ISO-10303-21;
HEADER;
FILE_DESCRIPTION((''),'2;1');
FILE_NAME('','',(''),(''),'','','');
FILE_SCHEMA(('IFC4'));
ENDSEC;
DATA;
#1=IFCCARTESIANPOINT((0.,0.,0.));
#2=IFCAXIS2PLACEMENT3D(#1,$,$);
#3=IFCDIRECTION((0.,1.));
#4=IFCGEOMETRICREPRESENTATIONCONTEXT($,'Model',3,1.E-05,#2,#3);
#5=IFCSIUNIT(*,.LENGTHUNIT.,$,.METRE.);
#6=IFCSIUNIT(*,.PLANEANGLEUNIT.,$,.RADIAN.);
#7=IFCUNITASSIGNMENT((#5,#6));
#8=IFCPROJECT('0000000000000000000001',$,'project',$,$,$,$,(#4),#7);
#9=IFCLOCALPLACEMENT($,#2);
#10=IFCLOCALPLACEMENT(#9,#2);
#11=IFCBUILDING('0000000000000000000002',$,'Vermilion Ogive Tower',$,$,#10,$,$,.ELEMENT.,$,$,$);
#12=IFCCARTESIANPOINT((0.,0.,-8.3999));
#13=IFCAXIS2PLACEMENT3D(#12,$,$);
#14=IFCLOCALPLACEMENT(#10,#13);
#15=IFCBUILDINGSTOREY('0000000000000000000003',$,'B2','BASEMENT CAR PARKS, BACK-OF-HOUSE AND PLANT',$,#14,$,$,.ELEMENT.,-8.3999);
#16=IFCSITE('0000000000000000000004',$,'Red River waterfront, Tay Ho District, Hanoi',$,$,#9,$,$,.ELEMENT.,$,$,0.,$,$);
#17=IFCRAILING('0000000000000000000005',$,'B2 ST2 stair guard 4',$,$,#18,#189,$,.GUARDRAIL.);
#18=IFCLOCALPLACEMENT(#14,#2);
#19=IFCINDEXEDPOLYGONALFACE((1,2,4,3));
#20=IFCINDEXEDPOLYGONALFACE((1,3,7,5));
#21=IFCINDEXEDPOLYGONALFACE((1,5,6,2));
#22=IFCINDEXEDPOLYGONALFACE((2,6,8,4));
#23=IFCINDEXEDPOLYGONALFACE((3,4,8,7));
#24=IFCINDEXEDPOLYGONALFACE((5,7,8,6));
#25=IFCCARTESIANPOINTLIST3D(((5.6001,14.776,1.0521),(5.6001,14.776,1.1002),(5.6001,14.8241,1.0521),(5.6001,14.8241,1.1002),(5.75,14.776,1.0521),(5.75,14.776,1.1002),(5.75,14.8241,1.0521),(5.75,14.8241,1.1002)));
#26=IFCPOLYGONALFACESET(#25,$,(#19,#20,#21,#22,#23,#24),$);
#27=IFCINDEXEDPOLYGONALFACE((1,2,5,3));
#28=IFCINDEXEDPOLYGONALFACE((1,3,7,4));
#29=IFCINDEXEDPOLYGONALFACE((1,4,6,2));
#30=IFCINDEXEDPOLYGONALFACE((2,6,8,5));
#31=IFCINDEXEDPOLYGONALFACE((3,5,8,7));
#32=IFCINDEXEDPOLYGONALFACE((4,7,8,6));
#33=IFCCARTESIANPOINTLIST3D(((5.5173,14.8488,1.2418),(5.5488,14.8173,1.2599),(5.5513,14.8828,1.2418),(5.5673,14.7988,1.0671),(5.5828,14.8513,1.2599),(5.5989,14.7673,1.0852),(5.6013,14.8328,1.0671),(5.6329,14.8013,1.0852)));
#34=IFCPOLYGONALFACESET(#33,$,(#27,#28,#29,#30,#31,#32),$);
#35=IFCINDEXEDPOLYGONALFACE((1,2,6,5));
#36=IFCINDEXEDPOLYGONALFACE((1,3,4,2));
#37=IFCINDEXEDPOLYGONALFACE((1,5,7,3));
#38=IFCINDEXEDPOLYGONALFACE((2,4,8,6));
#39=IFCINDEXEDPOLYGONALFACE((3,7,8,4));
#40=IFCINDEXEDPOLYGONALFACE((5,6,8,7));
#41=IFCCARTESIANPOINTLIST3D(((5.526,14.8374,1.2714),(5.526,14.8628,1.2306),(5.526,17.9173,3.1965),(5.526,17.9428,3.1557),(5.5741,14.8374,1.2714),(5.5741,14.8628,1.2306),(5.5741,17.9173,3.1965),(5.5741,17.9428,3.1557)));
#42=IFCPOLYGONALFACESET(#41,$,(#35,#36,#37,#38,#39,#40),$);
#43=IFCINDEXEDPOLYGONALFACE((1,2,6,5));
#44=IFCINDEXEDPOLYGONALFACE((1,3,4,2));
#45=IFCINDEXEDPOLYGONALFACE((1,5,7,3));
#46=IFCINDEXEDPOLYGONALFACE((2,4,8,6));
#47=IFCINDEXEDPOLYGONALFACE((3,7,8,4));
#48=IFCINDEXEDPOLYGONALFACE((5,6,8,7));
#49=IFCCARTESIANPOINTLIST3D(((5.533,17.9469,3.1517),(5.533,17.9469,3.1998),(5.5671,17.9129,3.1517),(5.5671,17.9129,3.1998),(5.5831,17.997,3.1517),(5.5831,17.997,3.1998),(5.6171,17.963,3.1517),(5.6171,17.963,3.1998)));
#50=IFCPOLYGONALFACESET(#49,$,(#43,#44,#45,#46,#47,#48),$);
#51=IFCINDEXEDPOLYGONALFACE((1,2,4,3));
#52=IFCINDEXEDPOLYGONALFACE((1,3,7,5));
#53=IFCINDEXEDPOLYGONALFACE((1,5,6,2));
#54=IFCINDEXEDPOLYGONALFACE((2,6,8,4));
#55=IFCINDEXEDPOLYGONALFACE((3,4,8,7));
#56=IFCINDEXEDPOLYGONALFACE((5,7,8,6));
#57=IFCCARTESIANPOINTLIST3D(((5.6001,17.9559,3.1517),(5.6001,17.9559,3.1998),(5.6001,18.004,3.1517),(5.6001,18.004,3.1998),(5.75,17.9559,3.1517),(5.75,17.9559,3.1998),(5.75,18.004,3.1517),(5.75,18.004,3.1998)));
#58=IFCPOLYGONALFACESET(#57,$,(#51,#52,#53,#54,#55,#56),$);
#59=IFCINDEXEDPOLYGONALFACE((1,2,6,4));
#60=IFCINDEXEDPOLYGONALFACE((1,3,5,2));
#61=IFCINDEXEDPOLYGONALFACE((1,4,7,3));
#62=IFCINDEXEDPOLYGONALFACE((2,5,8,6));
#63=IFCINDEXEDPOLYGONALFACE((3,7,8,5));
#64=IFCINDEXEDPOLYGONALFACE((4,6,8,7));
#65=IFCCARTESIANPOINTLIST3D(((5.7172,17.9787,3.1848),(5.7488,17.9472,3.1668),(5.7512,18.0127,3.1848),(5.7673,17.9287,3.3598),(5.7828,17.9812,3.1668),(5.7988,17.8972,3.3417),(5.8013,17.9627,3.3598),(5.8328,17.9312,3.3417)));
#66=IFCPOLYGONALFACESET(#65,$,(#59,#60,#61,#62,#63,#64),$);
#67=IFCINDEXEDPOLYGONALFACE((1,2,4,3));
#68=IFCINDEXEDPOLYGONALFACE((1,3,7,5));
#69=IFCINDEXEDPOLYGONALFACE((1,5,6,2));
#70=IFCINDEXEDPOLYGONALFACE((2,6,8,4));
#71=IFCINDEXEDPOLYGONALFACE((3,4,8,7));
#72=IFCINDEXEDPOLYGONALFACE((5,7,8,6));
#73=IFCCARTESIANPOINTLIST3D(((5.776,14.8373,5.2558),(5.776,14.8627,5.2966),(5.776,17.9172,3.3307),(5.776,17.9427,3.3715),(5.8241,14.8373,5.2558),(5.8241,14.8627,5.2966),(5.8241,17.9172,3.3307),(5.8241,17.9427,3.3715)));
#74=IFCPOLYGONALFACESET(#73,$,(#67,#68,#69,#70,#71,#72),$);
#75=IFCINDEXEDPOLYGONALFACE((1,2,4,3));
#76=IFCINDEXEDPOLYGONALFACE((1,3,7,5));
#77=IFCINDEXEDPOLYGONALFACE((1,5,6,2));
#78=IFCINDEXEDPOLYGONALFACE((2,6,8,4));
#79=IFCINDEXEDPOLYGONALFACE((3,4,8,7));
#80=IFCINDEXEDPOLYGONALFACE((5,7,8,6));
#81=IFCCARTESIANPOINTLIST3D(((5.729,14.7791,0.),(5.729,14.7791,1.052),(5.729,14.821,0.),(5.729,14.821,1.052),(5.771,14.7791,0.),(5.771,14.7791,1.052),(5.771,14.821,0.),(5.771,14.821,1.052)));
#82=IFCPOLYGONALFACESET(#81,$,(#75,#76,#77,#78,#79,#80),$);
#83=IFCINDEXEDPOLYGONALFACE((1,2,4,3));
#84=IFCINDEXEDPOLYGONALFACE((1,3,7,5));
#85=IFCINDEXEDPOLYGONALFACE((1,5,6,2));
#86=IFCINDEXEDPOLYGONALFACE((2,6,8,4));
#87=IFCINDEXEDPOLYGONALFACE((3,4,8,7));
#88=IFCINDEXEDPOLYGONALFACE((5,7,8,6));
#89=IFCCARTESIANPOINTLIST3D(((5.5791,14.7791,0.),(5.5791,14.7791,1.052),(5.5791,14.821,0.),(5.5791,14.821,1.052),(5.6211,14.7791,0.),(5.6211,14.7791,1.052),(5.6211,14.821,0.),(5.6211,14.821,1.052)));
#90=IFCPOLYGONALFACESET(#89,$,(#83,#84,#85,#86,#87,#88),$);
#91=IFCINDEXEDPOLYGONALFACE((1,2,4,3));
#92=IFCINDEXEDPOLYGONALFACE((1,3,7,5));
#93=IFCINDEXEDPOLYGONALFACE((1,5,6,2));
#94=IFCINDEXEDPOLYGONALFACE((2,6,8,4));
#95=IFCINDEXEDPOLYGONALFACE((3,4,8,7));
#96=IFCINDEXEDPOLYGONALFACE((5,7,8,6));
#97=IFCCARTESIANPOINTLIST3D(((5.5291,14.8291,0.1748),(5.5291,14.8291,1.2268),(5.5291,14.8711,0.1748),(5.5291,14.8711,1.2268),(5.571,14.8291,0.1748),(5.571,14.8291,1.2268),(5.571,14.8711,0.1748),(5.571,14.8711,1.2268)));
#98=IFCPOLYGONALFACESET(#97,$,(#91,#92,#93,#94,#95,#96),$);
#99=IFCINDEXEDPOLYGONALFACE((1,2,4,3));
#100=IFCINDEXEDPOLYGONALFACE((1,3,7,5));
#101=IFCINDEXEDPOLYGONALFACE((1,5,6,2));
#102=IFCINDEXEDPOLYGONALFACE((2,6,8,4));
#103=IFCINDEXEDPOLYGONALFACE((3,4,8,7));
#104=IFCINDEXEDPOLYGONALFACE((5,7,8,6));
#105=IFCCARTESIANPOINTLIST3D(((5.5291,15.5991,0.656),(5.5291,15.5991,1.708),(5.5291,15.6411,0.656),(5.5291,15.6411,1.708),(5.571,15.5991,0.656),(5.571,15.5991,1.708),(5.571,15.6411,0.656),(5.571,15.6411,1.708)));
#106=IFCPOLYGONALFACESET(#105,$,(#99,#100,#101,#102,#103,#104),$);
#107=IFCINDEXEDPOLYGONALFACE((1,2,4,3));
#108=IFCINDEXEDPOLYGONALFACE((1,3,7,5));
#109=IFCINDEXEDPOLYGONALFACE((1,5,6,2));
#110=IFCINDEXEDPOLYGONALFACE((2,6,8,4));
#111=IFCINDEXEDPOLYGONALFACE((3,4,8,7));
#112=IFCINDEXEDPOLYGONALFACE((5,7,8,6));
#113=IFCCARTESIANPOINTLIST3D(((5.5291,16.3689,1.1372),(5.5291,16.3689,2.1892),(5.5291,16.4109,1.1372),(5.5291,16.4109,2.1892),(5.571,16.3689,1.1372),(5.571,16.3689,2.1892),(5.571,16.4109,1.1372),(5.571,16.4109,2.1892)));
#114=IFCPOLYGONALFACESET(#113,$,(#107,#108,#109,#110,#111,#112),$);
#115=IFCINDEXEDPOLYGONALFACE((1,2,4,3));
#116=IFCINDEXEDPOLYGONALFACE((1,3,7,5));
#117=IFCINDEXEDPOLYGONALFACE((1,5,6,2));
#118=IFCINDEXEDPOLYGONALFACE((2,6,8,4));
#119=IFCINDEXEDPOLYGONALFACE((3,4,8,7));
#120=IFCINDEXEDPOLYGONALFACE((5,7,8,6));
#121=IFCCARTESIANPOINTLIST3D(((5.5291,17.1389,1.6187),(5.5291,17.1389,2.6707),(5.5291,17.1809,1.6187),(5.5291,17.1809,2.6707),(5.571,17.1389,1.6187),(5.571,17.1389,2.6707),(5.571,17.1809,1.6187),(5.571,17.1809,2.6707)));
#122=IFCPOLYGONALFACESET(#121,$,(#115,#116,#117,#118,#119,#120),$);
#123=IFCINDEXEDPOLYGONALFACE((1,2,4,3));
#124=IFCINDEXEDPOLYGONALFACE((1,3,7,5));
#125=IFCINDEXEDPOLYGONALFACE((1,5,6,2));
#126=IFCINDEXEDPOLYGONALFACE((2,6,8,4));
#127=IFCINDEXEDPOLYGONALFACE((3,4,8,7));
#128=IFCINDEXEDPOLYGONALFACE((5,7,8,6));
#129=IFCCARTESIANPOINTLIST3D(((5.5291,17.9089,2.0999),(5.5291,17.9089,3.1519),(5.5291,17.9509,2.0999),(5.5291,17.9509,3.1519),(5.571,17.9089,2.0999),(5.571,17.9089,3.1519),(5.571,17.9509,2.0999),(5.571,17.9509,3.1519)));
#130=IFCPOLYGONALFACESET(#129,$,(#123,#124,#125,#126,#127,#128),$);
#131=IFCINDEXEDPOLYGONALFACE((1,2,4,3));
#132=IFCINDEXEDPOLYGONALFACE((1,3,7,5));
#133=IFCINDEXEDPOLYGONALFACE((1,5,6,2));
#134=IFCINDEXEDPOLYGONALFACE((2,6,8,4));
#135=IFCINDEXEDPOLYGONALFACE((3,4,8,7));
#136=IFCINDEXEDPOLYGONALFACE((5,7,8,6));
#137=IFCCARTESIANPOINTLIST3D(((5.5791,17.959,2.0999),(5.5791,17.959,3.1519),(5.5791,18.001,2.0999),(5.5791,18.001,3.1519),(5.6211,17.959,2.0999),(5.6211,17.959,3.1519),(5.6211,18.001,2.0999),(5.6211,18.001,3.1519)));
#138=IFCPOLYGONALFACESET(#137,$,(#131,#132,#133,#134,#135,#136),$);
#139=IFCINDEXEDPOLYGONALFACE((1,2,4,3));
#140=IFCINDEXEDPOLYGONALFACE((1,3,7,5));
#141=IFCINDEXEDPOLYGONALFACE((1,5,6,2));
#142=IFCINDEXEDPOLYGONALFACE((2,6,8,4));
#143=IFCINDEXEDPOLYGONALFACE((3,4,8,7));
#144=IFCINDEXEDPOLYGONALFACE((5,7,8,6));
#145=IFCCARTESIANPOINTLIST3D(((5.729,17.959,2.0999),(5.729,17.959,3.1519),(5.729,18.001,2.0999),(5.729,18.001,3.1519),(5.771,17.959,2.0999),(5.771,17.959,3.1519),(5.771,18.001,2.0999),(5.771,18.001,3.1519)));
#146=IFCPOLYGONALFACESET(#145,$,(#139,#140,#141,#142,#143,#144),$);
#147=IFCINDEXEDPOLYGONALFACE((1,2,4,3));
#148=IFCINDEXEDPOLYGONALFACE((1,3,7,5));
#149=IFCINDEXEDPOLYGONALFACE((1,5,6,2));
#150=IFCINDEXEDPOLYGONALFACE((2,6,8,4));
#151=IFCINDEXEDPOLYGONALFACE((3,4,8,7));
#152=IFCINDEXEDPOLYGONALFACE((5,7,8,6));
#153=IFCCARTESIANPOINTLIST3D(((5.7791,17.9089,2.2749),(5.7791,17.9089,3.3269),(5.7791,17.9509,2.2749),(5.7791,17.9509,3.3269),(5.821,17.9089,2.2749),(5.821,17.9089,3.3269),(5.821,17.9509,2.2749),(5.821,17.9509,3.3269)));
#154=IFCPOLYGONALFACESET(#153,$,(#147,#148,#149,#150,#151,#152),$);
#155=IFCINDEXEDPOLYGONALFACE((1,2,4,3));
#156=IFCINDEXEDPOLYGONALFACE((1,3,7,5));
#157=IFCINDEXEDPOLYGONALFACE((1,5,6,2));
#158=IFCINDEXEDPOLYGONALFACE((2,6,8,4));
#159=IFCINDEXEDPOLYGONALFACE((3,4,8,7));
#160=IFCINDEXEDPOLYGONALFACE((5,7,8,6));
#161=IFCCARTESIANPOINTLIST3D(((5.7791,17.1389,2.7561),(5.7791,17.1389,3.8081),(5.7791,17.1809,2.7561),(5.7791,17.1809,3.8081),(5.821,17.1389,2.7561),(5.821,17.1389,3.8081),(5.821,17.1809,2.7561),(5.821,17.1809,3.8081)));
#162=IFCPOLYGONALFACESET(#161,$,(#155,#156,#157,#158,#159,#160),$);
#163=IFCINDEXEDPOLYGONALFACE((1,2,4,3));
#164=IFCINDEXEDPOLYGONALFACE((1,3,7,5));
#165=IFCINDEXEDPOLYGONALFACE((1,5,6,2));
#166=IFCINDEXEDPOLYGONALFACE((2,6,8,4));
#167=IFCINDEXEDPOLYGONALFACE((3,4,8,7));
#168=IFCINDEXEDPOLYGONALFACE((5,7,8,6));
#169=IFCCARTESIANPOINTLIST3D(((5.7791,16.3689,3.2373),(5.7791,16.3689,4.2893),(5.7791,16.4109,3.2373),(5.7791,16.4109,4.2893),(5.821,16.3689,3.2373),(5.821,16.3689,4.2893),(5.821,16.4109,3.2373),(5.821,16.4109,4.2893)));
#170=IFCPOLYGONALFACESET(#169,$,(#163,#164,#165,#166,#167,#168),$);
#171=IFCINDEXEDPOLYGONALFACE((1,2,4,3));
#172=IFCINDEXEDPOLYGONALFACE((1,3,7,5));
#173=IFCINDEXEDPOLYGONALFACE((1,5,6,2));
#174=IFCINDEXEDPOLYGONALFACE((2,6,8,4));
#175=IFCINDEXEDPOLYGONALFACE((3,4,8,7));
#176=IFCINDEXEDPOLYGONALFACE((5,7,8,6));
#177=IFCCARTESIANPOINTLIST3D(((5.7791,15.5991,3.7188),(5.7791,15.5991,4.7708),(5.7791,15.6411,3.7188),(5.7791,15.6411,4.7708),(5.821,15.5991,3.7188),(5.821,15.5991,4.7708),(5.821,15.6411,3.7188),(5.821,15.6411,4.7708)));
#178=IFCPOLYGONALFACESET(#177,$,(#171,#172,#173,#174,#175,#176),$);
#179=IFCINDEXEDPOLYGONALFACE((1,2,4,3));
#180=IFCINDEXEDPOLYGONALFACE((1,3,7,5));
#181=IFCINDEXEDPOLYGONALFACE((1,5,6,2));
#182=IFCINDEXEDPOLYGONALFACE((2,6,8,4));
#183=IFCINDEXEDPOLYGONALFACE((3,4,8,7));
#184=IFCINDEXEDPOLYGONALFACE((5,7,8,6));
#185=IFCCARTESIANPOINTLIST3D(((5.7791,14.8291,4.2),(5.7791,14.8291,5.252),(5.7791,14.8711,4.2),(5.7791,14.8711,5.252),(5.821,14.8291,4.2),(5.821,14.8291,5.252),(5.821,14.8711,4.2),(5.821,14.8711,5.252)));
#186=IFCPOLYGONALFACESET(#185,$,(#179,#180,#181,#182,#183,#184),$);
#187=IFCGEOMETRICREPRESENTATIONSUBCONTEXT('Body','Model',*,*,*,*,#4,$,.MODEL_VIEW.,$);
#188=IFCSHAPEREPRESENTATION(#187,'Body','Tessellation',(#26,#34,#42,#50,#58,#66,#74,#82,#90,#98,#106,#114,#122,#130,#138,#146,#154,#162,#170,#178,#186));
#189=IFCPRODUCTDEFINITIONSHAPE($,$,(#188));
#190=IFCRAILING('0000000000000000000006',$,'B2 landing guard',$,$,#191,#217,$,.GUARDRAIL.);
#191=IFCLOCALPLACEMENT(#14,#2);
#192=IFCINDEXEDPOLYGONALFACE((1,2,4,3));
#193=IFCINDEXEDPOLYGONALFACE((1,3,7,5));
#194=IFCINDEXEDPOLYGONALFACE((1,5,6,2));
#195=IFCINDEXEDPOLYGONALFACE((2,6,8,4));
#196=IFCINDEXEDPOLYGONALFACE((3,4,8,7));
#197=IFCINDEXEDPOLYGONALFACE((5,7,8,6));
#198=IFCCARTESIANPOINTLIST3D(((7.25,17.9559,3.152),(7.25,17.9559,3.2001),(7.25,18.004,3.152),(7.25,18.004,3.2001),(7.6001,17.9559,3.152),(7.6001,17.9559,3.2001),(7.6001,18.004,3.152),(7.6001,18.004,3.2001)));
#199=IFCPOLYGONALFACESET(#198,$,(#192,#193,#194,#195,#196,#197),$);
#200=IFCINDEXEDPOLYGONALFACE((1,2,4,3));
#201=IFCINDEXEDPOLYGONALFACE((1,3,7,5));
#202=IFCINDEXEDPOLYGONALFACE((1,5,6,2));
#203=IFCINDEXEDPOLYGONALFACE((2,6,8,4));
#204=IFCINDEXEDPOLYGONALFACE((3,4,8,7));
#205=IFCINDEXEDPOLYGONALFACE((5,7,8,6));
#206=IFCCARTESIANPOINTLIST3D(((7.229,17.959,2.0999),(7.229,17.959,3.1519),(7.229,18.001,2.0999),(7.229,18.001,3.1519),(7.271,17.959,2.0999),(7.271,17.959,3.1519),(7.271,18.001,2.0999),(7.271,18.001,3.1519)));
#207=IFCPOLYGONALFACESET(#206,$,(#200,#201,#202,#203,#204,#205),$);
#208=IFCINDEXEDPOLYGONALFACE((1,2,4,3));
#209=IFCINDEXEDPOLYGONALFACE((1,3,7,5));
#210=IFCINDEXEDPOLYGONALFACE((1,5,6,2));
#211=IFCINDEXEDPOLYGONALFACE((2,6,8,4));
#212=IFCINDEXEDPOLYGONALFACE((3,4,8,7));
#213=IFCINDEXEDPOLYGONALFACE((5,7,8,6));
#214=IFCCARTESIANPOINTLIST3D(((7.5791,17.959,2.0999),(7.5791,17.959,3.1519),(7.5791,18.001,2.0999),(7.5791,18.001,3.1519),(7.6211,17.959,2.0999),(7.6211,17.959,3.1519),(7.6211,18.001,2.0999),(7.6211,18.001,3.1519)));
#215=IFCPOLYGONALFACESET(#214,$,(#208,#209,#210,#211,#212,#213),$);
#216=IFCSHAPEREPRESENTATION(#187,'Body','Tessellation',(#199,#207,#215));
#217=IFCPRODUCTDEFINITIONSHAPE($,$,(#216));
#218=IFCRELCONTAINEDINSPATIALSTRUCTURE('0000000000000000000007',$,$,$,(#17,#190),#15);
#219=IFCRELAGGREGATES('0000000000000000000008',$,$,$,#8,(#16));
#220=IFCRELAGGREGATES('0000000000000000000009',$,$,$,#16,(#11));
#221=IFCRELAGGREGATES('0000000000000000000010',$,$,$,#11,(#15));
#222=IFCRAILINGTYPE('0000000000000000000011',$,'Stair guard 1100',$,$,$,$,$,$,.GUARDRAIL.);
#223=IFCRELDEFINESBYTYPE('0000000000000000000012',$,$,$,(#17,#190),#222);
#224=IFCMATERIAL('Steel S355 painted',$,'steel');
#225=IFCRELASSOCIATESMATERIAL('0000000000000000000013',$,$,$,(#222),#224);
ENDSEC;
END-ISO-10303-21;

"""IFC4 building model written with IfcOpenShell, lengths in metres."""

from ifc_helpers import new_model, si_unit, direction, frame, origin, origin_2d, place, context, subcontext, project, spatial, rectangle, extrude, material, type_object, element, save


model = new_model("IFC4")

# Units and contexts
model_context = context("Model", 3, precision=1e-05, world=origin(), true_north=direction((0.0, 1.0)))
body_context = subcontext(model_context, "Body", "Model", "MODEL_VIEW")
ifc_project = project(units=[si_unit("LENGTHUNIT", "METRE"), si_unit("PLANEANGLEUNIT", "RADIAN")], contexts=[model_context])

# Site, building, storey
site_placement = place(None, origin())
site = spatial("IfcSite", under=ifc_project, at=site_placement, Name="Red River waterfront, Tay Ho District, Hanoi", CompositionType="ELEMENT", RefElevation=0.0)
building_placement = place(site_placement, origin())
building = spatial("IfcBuilding", under=site, at=building_placement, Name="Vermilion Ogive Tower", CompositionType="ELEMENT")
storey_placement = place(building_placement, frame((0.0, 0.0, -8.3999)))
storey = spatial("IfcBuildingStorey", under=building, at=storey_placement, Name="B2", Description="BASEMENT CAR PARKS, BACK-OF-HOUSE AND PLANT", CompositionType="ELEMENT", Elevation=-8.3999)

# Railings
ifc_material_1 = material(Name="Steel S355 painted", Category="steel")
railing_type_1 = type_object("IfcRailingType", Name="Stair guard 1100", PredefinedType="GUARDRAIL", material=ifc_material_1)
railing_1_placement = place(storey_placement, frame((5.75, 14.8, 0.0)))
element("IfcRailing", 1, at=railing_1_placement, inside=storey, type_object=railing_type_1, Name="B2 ST2 stair guard 4", PredefinedType="GUARDRAIL", context=body_context, shape_type="SweptSolid", body=[
    extrude(rectangle(XDim=0.0481, YDim=0.0481, at=origin_2d()), frame((0.0, 0.0, 1.0762), z_axis=(-1.0, 0.0, 0.0), x_axis=(0.0, -1.0, 0.0)), (0.0, 0.0, 1.0), 0.1499),
    extrude(rectangle(XDim=0.0481, YDim=0.0481, at=origin_2d()), frame((-0.1499, 0.0, 1.0762), z_axis=(-0.265383, 0.265383, 0.9269), x_axis=(-0.707107, -0.707107, 0.0)), (0.0, 0.0, 1.0), 0.1885),
    extrude(rectangle(XDim=0.0481, YDim=0.0481, at=origin_2d()), frame((-0.2, 0.05, 1.251), z_axis=(0.0, 0.847979, 0.530029), x_axis=(-1.0, 0.0, 0.0)), (0.0, 0.0, 1.0), 3.6321),
    extrude(rectangle(XDim=0.0481, YDim=0.0481, at=origin_2d()), frame((-0.2, 3.1299, 3.1758), z_axis=(0.707107, 0.707107, 0.0), x_axis=(-0.707107, 0.707107, 0.0)), (0.0, 0.0, 1.0), 0.0708),
    extrude(rectangle(XDim=0.0481, YDim=0.0481, at=origin_2d()), frame((-0.1499, 3.1799, 3.1758), z_axis=(1.0, 0.0, 0.0), x_axis=(0.0, 1.0, 0.0)), (0.0, 0.0, 1.0), 0.1499),
    extrude(rectangle(XDim=0.0481, YDim=0.0481, at=origin_2d()), frame((0.0, 3.1799, 3.1758), z_axis=(0.265065, -0.265065, 0.927082), x_axis=(0.707107, 0.707107, 0.0)), (0.0, 0.0, 1.0), 0.1887),
    extrude(rectangle(XDim=0.0481, YDim=0.0481, at=origin_2d()), frame((0.05, 3.1299, 3.3511), z_axis=(0.0, -0.847979, 0.530029), x_axis=(1.0, 0.0, 0.0)), (0.0, 0.0, 1.0), 3.6321),
    extrude(rectangle(XDim=0.042, YDim=0.042, at=origin_2d()), origin(), (0.0, 0.0, 1.0), 1.052),
    extrude(rectangle(XDim=0.042, YDim=0.042, at=origin_2d()), frame((-0.1499, 0.0, 0.0)), (0.0, 0.0, 1.0), 1.052),
    extrude(rectangle(XDim=0.042, YDim=0.042, at=origin_2d()), frame((-0.2, 0.05, 0.1748)), (0.0, 0.0, 1.0), 1.052),
    extrude(rectangle(XDim=0.042, YDim=0.042, at=origin_2d()), frame((-0.2, 0.8201, 0.656)), (0.0, 0.0, 1.0), 1.052),
    extrude(rectangle(XDim=0.042, YDim=0.042, at=origin_2d()), frame((-0.2, 1.5898, 1.1372)), (0.0, 0.0, 1.0), 1.052),
    extrude(rectangle(XDim=0.042, YDim=0.042, at=origin_2d()), frame((-0.2, 2.3599, 1.6187)), (0.0, 0.0, 1.0), 1.052),
    extrude(rectangle(XDim=0.042, YDim=0.042, at=origin_2d()), frame((-0.2, 3.1299, 2.0999)), (0.0, 0.0, 1.0), 1.052),
    extrude(rectangle(XDim=0.042, YDim=0.042, at=origin_2d()), frame((-0.1499, 3.1799, 2.0999)), (0.0, 0.0, 1.0), 1.052),
    extrude(rectangle(XDim=0.042, YDim=0.042, at=origin_2d()), frame((0.0, 3.1799, 2.0999)), (0.0, 0.0, 1.0), 1.052),
    extrude(rectangle(XDim=0.042, YDim=0.042, at=origin_2d()), frame((0.05, 3.1299, 2.2749)), (0.0, 0.0, 1.0), 1.052),
    extrude(rectangle(XDim=0.042, YDim=0.042, at=origin_2d()), frame((0.05, 2.3599, 2.7561)), (0.0, 0.0, 1.0), 1.052),
    extrude(rectangle(XDim=0.042, YDim=0.042, at=origin_2d()), frame((0.05, 1.5898, 3.2373)), (0.0, 0.0, 1.0), 1.052),
    extrude(rectangle(XDim=0.042, YDim=0.042, at=origin_2d()), frame((0.05, 0.8201, 3.7188)), (0.0, 0.0, 1.0), 1.052),
    extrude(rectangle(XDim=0.042, YDim=0.042, at=origin_2d()), frame((0.05, 0.05, 4.2)), (0.0, 0.0, 1.0), 1.052),
])
railing_2_placement = place(storey_placement, frame((7.25, 17.98, 2.0999)))
element("IfcRailing", 2, at=railing_2_placement, inside=storey, type_object=railing_type_1, Name="B2 landing guard", PredefinedType="GUARDRAIL", context=body_context, shape_type="SweptSolid", body=[
    extrude(rectangle(XDim=0.0481, YDim=0.0481, at=origin_2d()), frame((0.0, 0.0, 1.0762), z_axis=(1.0, 0.0, 0.0), x_axis=(0.0, 1.0, 0.0)), (0.0, 0.0, 1.0), 0.3501),
    extrude(rectangle(XDim=0.042, YDim=0.042, at=origin_2d()), origin(), (0.0, 0.0, 1.0), 1.052),
    extrude(rectangle(XDim=0.042, YDim=0.042, at=origin_2d()), frame((0.3501, 0.0, 0.0)), (0.0, 0.0, 1.0), 1.052),
])

save(model, "model.ifc")
